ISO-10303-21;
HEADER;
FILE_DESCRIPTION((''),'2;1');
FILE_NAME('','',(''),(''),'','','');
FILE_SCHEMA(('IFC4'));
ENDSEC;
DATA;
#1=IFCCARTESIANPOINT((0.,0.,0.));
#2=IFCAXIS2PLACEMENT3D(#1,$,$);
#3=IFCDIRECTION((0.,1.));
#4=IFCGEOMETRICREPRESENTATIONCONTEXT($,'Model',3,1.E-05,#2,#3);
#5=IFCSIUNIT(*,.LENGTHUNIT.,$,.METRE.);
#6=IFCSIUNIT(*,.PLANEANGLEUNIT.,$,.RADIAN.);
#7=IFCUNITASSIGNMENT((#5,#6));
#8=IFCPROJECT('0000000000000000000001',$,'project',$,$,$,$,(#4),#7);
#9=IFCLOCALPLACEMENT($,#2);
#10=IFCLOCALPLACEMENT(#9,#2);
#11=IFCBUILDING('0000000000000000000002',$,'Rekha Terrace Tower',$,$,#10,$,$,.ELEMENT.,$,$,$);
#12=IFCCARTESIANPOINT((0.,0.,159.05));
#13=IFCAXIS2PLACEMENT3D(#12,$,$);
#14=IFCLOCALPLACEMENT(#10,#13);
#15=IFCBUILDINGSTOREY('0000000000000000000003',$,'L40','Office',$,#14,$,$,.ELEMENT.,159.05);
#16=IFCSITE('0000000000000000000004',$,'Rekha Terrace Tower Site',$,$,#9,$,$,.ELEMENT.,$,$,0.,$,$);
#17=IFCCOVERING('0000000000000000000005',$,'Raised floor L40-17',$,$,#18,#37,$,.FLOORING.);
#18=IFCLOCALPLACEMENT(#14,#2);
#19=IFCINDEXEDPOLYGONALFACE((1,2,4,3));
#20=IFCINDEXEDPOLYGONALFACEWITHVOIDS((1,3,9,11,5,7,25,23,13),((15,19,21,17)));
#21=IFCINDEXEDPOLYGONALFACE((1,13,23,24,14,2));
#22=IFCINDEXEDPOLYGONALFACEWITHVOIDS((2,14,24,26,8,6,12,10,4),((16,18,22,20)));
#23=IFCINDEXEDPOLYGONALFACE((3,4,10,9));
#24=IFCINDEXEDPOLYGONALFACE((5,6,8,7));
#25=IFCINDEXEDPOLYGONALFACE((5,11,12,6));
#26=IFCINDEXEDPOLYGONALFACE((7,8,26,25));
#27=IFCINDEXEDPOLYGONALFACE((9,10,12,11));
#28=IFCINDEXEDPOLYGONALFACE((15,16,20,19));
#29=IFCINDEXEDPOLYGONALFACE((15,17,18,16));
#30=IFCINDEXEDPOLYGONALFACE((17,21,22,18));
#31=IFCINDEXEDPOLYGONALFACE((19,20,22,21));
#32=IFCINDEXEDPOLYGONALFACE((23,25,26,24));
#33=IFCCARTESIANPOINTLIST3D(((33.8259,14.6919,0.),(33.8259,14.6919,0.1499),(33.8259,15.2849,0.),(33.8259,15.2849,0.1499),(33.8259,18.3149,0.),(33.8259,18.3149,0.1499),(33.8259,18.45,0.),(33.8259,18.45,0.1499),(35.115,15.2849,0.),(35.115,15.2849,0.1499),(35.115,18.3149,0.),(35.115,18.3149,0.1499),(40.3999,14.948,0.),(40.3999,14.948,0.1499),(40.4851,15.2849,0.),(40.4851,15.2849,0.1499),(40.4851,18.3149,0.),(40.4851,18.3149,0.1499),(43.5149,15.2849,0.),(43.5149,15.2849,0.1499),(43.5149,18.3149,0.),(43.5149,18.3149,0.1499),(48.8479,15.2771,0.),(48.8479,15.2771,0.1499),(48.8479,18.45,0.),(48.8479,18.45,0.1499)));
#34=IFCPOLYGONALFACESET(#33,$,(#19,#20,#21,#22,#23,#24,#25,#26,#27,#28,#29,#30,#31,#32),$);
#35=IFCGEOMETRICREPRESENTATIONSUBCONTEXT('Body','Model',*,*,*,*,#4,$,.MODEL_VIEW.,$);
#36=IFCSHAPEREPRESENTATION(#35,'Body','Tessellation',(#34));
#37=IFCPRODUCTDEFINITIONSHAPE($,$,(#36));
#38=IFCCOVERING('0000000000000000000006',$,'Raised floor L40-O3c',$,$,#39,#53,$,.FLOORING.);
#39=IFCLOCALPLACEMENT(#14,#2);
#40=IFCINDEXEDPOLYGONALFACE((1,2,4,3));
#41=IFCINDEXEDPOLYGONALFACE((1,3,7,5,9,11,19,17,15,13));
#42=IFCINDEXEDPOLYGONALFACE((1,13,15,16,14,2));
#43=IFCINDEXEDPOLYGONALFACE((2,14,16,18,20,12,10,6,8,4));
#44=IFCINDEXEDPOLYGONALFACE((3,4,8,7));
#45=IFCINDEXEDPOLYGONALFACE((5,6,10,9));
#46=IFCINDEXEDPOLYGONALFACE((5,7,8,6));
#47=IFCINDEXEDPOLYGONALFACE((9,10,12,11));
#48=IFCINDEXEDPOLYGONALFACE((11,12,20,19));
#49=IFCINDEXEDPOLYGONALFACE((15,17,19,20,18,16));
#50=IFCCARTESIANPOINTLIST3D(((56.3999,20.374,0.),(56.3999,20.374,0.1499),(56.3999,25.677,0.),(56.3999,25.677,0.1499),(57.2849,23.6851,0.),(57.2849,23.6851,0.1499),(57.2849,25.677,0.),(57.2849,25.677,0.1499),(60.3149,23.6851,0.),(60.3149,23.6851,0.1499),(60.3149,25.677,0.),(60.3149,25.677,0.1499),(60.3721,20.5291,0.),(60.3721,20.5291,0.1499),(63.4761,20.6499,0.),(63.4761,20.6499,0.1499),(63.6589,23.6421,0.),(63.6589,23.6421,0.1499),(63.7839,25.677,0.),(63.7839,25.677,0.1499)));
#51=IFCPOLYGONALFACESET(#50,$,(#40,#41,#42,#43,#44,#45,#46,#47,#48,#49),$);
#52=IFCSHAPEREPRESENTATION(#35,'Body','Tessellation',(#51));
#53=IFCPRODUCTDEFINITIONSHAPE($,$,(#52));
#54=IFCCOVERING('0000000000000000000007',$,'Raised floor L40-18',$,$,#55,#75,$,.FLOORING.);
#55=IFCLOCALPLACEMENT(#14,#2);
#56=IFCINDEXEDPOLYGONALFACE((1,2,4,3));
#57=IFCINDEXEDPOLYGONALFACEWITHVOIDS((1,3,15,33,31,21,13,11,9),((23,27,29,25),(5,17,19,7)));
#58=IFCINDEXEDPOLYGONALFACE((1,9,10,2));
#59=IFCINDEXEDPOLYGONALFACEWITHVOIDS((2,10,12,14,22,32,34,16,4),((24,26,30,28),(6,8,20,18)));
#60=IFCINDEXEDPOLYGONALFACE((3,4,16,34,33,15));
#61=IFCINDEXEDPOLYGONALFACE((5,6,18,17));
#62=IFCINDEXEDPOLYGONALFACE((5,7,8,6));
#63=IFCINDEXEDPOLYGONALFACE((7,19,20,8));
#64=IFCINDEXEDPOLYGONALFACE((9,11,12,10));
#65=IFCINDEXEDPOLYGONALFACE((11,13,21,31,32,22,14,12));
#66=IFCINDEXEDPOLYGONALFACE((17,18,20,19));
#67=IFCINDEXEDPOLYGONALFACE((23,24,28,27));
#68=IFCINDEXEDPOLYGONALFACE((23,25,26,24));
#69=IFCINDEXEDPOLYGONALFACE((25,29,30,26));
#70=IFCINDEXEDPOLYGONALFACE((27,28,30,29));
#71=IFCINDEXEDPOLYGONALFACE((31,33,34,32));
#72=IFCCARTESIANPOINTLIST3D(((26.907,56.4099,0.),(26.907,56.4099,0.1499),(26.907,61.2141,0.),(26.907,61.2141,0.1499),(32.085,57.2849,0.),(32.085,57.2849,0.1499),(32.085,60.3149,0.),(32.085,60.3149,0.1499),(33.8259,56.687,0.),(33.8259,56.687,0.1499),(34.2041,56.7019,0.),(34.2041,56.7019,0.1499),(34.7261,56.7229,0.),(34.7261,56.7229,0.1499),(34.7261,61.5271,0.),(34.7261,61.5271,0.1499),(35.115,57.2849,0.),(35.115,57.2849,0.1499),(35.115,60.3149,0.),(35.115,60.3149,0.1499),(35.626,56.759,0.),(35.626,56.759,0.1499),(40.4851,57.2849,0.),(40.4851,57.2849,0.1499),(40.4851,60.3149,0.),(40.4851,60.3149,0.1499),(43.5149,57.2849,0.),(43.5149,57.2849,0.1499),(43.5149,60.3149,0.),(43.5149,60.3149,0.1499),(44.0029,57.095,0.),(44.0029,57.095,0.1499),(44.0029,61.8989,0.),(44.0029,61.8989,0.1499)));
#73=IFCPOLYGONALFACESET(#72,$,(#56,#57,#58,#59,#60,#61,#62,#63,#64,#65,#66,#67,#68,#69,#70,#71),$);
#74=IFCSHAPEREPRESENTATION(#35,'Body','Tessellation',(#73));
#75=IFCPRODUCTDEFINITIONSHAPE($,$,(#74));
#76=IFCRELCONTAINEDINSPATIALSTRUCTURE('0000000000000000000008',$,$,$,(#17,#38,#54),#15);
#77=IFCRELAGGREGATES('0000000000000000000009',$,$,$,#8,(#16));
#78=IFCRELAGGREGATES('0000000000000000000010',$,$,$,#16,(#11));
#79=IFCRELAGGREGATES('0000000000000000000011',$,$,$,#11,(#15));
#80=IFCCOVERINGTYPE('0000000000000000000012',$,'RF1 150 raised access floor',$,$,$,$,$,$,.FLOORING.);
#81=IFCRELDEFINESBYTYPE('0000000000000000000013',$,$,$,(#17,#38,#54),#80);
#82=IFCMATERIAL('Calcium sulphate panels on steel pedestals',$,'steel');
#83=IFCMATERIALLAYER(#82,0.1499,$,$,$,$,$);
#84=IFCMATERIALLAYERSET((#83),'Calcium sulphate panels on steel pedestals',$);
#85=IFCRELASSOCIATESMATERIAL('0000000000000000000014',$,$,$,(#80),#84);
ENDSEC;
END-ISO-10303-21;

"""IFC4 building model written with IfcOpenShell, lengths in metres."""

from ifc_helpers import new_model, si_unit, direction, frame, origin, place, context, subcontext, project, spatial, polyline, outline, extrude, material, layer, layer_set, type_object, element, save


model = new_model("IFC4")

# Units and contexts
model_context = context("Model", 3, precision=1e-05, world=origin(), true_north=direction((0.0, 1.0)))
body_context = subcontext(model_context, "Body", "Model", "MODEL_VIEW")
ifc_project = project(units=[si_unit("LENGTHUNIT", "METRE"), si_unit("PLANEANGLEUNIT", "RADIAN")], contexts=[model_context])

# Site, building, storey
site_placement = place(None, origin())
site = spatial("IfcSite", under=ifc_project, at=site_placement, Name="Rekha Terrace Tower Site", CompositionType="ELEMENT", RefElevation=0.0)
building_placement = place(site_placement, origin())
building = spatial("IfcBuilding", under=site, at=building_placement, Name="Rekha Terrace Tower", CompositionType="ELEMENT")
storey_placement = place(building_placement, frame((0.0, 0.0, 159.05)))
storey = spatial("IfcBuildingStorey", under=building, at=storey_placement, Name="L40", Description="Office", CompositionType="ELEMENT", Elevation=159.05)

# Coverings
ifc_material_1 = material(Name="Calcium sulphate panels on steel pedestals", Category="steel")
ifc_layer_1 = layer(ifc_material_1, 0.1499)
ifc_layer_set_1 = layer_set([ifc_layer_1], Name="Calcium sulphate panels on steel pedestals")
covering_type_1 = type_object("IfcCoveringType", Name="RF1 150 raised access floor", PredefinedType="FLOORING", material=ifc_layer_set_1)
covering_1_placement = place(storey_placement, origin())
element("IfcCovering", 1, at=covering_1_placement, inside=storey, type_object=covering_type_1, Name="Raised floor L40-17", PredefinedType="FLOORING", context=body_context, shape_type="SweptSolid", body=[
    extrude(outline(polyline([(35.115, 15.2849), (33.8259, 15.2849), (33.8259, 14.6919), (40.3999, 14.948), (48.8479, 15.2771), (48.8479, 18.45), (33.8259, 18.45), (33.8259, 18.3149), (35.115, 18.3149), (35.115, 15.2849)]), holes=[polyline([(43.5149, 18.3149), (43.5149, 15.2849), (40.4851, 15.2849), (40.4851, 18.3149), (43.5149, 18.3149)])]), origin(), (0.0, 0.0, 1.0), 0.1499),
])
covering_2_placement = place(storey_placement, origin())
element("IfcCovering", 2, at=covering_2_placement, inside=storey, type_object=covering_type_1, Name="Raised floor L40-O3c", PredefinedType="FLOORING", context=body_context, shape_type="SweptSolid", body=[
    extrude(outline(polyline([(56.3999, 25.677), (56.3999, 20.374), (60.3721, 20.5291), (63.4761, 20.6499), (63.6589, 23.6421), (63.7839, 25.677), (60.3149, 25.677), (60.3149, 23.6851), (57.2849, 23.6851), (57.2849, 25.677), (56.3999, 25.677)])), origin(), (0.0, 0.0, 1.0), 0.1499),
])
covering_3_placement = place(storey_placement, origin())
element("IfcCovering", 3, at=covering_3_placement, inside=storey, type_object=covering_type_1, Name="Raised floor L40-18", PredefinedType="FLOORING", context=body_context, shape_type="SweptSolid", body=[
    extrude(outline(polyline([(26.907, 56.4099), (33.8259, 56.687), (34.2041, 56.7019), (34.7261, 56.7229), (35.626, 56.759), (44.0029, 57.095), (44.0029, 61.8989), (34.7261, 61.5271), (26.907, 61.2141), (26.907, 56.4099)]), holes=[polyline([(43.5149, 57.2849), (40.4851, 57.2849), (40.4851, 60.3149), (43.5149, 60.3149), (43.5149, 57.2849)]), polyline([(35.115, 57.2849), (32.085, 57.2849), (32.085, 60.3149), (35.115, 60.3149), (35.115, 57.2849)])]), origin(), (0.0, 0.0, 1.0), 0.1499),
])

save(model, "model.ifc")
